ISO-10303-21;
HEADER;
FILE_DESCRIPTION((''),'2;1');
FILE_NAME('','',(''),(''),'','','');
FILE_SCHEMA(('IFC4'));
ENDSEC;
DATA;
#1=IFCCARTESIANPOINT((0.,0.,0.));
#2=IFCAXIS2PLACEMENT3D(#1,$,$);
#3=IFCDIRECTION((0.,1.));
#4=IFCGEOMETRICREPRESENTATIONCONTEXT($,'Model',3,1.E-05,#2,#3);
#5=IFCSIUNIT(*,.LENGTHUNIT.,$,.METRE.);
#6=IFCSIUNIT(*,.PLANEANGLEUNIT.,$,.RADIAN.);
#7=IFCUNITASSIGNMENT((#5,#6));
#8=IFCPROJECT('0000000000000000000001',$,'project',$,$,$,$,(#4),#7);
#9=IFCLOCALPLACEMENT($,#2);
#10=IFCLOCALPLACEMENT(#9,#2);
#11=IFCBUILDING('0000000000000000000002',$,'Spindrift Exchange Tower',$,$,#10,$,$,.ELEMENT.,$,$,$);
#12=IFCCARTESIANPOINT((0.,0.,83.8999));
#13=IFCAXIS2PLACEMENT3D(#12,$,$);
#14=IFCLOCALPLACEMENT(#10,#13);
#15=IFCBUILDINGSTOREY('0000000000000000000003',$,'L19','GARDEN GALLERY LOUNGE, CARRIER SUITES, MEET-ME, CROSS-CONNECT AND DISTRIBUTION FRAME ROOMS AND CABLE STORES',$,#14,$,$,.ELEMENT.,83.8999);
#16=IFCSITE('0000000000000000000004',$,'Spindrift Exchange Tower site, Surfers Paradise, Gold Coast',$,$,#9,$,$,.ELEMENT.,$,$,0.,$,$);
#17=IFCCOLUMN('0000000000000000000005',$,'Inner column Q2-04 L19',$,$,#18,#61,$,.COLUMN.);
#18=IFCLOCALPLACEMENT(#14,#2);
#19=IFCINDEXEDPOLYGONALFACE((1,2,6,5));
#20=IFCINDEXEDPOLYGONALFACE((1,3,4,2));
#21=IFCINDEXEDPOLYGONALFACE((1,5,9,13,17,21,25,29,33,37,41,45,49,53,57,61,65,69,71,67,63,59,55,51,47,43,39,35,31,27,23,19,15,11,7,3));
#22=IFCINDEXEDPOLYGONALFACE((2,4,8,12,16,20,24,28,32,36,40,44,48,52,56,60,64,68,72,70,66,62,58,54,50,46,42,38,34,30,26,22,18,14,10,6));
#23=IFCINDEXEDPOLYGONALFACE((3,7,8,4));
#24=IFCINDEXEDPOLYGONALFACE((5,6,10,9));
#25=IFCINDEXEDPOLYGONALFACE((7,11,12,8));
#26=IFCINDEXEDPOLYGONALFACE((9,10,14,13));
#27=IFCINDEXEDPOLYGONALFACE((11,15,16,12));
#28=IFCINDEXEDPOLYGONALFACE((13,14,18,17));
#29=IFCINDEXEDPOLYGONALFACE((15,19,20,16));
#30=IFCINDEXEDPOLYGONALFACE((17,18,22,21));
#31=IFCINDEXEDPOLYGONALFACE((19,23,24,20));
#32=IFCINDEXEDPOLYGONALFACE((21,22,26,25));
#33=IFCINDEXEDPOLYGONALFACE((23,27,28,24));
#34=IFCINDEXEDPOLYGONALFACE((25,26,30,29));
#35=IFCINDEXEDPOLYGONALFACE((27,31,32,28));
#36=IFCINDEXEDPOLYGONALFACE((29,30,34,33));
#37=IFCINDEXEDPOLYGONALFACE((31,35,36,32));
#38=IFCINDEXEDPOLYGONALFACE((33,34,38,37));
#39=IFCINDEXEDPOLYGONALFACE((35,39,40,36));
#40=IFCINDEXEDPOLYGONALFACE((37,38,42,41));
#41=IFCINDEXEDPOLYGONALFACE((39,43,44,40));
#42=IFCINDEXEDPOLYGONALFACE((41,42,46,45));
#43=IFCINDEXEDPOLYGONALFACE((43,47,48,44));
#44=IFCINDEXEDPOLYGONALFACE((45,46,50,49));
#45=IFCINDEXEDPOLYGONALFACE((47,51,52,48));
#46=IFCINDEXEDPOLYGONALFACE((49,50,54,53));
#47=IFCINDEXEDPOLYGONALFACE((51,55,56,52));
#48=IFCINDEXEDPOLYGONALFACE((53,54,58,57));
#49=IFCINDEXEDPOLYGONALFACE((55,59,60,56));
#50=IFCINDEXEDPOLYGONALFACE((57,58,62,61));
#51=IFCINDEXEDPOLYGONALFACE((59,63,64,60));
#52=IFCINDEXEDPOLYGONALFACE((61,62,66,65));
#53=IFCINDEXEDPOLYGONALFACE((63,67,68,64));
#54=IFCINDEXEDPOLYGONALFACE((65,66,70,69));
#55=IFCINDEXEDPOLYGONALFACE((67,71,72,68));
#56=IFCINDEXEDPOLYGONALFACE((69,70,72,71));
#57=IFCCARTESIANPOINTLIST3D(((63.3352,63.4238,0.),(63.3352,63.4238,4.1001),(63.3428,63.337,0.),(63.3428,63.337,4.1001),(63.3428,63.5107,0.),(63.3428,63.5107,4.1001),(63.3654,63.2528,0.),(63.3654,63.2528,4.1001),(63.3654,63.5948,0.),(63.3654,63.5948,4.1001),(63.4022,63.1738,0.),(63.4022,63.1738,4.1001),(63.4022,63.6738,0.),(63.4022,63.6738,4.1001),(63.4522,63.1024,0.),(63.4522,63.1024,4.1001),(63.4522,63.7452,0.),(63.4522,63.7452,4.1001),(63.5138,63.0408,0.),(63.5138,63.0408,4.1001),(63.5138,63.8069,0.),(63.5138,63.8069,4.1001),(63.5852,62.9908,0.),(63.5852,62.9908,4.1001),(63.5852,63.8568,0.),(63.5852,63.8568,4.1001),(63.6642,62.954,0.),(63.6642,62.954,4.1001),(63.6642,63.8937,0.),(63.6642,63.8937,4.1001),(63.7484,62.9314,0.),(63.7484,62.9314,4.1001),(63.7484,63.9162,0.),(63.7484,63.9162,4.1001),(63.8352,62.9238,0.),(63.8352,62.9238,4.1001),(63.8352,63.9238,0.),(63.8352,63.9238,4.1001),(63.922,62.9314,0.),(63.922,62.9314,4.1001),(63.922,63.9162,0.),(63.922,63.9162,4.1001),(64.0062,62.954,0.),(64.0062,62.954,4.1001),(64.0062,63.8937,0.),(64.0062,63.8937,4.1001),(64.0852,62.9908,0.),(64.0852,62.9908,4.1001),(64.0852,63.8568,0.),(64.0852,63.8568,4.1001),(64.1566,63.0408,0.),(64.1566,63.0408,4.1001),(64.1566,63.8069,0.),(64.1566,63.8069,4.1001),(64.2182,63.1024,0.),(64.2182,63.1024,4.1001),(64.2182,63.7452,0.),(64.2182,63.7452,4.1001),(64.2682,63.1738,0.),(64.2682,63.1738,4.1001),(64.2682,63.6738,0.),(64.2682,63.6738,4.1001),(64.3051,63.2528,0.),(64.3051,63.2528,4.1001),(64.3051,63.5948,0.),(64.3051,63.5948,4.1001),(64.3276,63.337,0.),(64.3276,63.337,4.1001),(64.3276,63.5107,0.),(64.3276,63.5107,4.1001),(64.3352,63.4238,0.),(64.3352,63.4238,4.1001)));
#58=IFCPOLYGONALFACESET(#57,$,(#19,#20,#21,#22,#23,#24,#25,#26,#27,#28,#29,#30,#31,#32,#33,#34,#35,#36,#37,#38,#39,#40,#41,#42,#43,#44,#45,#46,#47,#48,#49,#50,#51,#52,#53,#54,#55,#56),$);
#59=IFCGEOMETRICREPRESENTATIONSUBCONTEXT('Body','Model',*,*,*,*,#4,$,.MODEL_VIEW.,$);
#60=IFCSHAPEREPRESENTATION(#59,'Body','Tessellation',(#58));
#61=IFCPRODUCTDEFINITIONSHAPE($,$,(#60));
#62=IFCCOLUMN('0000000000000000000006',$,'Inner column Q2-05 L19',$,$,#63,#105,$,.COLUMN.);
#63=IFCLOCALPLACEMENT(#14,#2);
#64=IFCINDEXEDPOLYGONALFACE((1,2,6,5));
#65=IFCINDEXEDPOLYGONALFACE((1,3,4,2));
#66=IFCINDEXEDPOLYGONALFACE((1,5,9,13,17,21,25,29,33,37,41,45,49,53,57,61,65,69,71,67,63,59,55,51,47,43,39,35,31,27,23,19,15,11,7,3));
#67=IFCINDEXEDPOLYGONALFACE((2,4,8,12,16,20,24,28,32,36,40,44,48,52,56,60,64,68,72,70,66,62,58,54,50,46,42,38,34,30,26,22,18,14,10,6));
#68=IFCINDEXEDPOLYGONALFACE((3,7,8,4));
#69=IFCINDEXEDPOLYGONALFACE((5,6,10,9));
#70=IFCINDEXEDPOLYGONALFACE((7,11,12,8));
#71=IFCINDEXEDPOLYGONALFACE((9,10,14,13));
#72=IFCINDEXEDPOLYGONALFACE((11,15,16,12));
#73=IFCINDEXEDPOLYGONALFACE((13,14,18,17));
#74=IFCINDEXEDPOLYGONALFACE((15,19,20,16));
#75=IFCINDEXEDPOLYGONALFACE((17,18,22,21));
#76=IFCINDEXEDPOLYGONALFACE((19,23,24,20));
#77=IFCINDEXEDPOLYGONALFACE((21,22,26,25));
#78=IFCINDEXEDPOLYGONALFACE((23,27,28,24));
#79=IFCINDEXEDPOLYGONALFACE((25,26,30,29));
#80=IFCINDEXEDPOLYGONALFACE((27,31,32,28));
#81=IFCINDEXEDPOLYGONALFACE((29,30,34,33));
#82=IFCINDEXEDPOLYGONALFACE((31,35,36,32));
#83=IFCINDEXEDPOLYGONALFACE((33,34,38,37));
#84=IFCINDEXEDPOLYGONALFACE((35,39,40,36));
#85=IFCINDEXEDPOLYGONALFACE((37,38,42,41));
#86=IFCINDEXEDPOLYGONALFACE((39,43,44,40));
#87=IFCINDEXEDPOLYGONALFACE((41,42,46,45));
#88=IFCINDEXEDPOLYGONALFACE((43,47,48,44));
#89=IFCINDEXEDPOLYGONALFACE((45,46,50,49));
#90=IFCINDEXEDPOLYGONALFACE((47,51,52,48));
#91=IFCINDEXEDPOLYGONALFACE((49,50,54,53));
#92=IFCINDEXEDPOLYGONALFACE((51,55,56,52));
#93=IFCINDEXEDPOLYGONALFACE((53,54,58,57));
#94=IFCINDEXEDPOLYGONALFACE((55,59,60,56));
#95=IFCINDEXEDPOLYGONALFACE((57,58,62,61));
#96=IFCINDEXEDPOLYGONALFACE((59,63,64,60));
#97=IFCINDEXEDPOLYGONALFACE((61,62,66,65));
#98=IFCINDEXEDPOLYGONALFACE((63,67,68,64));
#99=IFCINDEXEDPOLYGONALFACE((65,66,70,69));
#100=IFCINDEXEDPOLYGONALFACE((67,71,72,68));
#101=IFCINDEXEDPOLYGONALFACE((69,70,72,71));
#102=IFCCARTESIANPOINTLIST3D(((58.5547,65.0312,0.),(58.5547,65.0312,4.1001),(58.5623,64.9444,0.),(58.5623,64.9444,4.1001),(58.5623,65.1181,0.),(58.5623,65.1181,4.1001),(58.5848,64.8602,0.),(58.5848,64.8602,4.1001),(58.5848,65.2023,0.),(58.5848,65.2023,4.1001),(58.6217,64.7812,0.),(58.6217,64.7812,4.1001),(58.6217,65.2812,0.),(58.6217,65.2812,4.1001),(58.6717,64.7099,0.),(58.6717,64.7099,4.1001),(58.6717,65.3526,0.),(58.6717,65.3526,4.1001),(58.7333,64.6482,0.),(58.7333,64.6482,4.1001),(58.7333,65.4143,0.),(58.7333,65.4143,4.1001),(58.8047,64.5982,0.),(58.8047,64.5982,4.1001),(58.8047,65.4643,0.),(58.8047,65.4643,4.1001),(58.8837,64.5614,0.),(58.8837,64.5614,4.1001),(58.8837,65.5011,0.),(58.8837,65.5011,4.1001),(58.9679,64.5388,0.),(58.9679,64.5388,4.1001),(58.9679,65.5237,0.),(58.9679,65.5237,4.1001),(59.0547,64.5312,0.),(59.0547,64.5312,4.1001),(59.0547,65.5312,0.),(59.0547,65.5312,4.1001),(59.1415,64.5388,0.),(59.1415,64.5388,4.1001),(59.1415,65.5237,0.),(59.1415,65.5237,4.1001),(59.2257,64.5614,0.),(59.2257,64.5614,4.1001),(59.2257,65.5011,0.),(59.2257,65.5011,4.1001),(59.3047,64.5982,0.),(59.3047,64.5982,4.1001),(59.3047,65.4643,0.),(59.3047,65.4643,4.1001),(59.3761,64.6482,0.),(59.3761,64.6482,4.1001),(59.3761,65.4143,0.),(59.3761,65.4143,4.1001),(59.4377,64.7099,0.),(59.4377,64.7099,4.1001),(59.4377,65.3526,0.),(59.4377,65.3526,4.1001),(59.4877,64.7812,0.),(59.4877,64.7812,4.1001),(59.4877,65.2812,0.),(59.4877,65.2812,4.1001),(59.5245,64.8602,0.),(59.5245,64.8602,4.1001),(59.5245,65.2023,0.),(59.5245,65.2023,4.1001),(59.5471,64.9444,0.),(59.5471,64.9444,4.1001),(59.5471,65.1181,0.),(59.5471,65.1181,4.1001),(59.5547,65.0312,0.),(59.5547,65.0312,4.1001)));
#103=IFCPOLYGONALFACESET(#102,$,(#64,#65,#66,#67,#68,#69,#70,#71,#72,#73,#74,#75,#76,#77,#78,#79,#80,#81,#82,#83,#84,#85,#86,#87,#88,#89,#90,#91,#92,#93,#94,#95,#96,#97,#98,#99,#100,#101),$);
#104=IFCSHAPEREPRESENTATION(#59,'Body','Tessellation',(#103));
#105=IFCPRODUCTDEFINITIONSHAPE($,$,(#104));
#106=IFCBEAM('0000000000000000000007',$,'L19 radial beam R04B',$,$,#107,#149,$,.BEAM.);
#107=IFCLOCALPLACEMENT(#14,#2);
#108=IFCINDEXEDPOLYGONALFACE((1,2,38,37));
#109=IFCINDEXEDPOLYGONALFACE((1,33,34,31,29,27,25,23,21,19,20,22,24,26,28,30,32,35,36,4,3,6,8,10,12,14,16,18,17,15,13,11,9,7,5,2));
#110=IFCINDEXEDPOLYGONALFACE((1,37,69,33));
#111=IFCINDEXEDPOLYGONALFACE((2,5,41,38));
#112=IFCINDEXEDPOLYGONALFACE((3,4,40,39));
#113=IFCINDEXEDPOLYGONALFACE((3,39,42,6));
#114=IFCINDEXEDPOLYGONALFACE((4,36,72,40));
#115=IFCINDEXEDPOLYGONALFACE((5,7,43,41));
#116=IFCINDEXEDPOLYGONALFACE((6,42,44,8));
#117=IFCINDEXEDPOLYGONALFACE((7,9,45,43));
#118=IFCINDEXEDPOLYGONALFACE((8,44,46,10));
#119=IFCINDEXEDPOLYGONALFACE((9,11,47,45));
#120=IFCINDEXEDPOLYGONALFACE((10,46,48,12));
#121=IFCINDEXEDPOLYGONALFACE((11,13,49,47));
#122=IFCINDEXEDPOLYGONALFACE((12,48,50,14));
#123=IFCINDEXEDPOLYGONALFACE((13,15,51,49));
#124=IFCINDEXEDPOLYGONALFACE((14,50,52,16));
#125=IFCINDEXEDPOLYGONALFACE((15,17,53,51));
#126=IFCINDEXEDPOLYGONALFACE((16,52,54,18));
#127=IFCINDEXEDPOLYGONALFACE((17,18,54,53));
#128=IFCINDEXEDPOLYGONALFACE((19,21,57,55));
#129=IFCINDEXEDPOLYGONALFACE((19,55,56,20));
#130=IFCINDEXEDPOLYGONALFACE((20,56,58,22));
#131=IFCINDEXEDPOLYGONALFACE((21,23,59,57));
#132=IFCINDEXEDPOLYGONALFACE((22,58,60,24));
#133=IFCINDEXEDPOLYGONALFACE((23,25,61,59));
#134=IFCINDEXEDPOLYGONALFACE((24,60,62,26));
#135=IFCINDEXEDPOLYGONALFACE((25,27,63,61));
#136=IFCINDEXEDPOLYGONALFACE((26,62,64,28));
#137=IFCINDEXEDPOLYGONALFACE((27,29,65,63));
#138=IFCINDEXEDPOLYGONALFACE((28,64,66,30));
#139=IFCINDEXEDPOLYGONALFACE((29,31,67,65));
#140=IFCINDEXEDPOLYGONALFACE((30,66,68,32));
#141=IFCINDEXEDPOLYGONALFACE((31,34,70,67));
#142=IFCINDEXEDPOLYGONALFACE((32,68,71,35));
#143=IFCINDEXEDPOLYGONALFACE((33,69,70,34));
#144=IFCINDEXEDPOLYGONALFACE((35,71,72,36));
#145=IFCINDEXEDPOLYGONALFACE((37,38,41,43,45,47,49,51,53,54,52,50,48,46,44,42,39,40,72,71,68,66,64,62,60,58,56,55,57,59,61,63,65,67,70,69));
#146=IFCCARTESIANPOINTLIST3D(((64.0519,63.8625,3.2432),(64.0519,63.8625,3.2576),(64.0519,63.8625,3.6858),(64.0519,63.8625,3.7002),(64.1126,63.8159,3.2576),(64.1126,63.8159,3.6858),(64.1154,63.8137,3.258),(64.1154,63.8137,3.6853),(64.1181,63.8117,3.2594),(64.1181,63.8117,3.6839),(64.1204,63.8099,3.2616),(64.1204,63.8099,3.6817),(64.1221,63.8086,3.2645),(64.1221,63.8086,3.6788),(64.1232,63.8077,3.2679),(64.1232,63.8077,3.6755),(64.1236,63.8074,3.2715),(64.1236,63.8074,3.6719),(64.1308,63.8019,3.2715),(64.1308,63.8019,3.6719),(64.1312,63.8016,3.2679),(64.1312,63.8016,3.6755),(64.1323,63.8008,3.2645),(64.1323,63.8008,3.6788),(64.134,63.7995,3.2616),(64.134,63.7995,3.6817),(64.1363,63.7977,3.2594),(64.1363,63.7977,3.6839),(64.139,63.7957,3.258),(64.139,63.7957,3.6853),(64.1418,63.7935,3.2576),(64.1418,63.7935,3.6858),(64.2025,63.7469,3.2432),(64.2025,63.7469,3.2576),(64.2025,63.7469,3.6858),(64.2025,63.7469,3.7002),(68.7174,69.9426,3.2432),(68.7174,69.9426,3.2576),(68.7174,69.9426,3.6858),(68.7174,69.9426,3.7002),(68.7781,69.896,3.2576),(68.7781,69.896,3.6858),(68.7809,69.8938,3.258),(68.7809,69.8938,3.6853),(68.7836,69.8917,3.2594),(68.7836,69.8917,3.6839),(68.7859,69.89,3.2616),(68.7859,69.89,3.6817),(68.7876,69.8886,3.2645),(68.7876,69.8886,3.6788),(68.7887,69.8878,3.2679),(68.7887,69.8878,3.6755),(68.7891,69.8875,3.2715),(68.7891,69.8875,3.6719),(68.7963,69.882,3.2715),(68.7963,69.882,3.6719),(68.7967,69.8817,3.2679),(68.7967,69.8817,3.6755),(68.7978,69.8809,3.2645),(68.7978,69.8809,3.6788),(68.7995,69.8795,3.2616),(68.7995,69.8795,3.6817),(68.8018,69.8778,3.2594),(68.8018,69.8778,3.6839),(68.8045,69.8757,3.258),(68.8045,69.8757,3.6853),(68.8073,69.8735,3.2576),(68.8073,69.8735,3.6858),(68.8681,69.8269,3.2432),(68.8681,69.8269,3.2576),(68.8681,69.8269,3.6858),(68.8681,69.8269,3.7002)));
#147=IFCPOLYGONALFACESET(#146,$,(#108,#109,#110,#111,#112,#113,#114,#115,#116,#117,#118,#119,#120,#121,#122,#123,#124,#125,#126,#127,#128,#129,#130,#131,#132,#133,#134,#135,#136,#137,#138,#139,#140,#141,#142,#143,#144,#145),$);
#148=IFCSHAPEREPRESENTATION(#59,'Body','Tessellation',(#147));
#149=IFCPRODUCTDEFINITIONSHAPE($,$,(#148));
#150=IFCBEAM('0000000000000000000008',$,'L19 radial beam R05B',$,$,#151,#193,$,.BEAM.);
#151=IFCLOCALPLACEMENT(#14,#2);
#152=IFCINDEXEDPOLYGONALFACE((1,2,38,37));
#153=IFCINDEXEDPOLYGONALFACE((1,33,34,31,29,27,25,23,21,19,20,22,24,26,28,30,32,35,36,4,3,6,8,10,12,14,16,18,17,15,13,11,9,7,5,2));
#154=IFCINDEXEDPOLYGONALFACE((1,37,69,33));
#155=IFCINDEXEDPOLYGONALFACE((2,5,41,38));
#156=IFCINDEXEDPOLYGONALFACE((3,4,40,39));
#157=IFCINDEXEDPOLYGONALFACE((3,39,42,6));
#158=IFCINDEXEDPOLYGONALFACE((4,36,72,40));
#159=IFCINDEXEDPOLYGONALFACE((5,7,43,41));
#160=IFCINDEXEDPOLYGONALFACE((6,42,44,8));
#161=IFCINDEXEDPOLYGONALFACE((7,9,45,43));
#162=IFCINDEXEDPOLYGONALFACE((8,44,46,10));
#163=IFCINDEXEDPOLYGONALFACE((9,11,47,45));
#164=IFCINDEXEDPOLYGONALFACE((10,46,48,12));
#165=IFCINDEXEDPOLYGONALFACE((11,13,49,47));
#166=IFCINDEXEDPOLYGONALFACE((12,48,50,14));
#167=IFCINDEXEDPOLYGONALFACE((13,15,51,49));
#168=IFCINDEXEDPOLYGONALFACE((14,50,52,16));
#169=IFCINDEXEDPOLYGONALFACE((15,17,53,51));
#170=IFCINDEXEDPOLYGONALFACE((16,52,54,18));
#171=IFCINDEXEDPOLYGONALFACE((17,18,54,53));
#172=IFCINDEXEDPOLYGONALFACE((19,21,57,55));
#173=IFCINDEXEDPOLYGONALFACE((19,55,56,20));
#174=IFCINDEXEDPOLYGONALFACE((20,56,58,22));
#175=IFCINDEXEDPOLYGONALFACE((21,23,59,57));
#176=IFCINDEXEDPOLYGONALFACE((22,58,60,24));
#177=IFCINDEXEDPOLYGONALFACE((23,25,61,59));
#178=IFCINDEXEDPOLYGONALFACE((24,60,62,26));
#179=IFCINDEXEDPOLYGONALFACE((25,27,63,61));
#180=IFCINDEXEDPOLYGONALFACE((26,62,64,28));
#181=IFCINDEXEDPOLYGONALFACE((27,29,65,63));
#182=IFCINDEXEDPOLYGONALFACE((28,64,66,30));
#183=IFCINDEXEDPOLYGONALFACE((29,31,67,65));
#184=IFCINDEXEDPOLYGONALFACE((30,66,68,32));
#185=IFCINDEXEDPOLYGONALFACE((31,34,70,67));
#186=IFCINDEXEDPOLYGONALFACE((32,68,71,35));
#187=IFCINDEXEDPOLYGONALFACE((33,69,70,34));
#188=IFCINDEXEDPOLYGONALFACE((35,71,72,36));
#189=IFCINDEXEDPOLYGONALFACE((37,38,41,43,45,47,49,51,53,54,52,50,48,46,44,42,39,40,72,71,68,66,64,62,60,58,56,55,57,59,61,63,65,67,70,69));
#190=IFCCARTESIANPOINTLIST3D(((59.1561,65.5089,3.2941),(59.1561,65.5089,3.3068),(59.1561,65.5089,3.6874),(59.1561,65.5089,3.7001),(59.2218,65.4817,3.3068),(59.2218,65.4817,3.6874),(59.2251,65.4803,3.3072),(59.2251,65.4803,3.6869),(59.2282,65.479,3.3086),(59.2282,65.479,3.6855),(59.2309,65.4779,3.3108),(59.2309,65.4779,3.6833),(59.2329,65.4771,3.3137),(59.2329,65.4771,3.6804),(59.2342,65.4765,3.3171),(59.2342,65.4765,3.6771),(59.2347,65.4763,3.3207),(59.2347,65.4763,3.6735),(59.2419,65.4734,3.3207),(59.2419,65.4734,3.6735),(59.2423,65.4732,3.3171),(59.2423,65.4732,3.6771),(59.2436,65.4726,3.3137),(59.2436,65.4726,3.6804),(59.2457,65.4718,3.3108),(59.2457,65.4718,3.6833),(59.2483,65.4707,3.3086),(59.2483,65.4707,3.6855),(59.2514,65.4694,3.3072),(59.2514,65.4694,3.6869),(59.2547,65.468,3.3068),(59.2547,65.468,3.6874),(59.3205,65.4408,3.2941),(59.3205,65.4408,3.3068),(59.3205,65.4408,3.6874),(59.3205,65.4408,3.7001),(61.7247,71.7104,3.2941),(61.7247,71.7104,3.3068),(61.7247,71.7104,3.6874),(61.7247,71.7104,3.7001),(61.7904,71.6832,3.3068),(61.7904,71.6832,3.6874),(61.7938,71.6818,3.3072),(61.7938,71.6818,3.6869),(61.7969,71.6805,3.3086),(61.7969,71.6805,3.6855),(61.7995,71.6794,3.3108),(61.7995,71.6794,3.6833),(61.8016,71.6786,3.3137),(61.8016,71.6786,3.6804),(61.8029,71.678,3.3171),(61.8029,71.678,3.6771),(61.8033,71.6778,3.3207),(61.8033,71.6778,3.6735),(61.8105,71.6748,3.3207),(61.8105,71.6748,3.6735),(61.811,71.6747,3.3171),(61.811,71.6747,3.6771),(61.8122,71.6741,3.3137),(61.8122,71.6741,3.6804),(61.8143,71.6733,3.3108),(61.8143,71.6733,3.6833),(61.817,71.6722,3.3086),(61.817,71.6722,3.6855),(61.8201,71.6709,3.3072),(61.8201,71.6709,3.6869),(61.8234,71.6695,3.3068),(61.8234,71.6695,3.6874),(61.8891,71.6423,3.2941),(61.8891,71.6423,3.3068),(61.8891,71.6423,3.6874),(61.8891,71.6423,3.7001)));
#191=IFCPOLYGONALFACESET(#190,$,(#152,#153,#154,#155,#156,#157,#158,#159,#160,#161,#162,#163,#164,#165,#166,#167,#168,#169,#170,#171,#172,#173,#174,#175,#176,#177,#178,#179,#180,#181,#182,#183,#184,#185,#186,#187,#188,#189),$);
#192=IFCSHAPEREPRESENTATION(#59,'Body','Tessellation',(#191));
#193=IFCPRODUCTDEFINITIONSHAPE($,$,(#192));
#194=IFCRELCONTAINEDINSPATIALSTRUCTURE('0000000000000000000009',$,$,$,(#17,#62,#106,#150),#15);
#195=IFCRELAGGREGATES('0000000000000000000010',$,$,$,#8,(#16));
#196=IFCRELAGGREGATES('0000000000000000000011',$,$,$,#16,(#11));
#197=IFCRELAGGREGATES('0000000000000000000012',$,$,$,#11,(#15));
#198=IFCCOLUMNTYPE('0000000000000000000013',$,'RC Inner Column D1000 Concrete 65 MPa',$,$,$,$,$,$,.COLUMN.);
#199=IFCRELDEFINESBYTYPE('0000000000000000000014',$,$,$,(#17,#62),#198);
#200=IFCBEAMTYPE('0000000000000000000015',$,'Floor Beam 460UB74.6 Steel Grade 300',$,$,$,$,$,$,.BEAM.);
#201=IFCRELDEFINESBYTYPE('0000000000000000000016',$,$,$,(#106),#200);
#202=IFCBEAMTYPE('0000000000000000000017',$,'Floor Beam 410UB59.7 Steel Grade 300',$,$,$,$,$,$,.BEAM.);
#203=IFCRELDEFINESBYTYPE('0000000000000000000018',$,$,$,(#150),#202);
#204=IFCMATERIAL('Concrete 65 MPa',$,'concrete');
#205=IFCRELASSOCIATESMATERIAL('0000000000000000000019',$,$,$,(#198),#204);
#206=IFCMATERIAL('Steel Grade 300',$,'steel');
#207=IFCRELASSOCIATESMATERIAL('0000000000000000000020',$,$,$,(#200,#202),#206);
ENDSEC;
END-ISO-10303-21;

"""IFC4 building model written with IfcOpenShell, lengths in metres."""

from ifc_helpers import new_model, si_unit, direction, frame, origin, origin_2d, place, context, subcontext, project, spatial, circle, i_section, extrude, source, transform, mapped, material, material_profile, profile_set, type_object, element, save


model = new_model("IFC4")

# Units and contexts
model_context = context("Model", 3, precision=1e-05, world=origin(), true_north=direction((0.0, 1.0)))
body_context = subcontext(model_context, "Body", "Model", "MODEL_VIEW")
ifc_project = project(units=[si_unit("LENGTHUNIT", "METRE"), si_unit("PLANEANGLEUNIT", "RADIAN")], contexts=[model_context])

# Site, building, storey
site_placement = place(None, origin())
site = spatial("IfcSite", under=ifc_project, at=site_placement, Name="Spindrift Exchange Tower site, Surfers Paradise, Gold Coast", CompositionType="ELEMENT", RefElevation=0.0)
building_placement = place(site_placement, origin())
building = spatial("IfcBuilding", under=site, at=building_placement, Name="Spindrift Exchange Tower", CompositionType="ELEMENT")
storey_placement = place(building_placement, frame((0.0, 0.0, 83.8999)))
storey = spatial("IfcBuildingStorey", under=building, at=storey_placement, Name="L19", Description="GARDEN GALLERY LOUNGE, CARRIER SUITES, MEET-ME, CROSS-CONNECT AND DISTRIBUTION FRAME ROOMS AND CABLE STORES", CompositionType="ELEMENT", Elevation=83.8999)

# Columns
ifc_material_1 = material(Name="Concrete 65 MPa", Category="concrete")
ifc_material_profile_1 = material_profile(ifc_material_1, circle(Radius=0.5, at=origin_2d()), Name="RC D1000")
ifc_profile_set_1 = profile_set([ifc_material_profile_1], Name="Concrete 65 MPa")
column_type = type_object("IfcColumnType", Name="RC Inner Column D1000 Concrete 65 MPa", PredefinedType="COLUMN", material=ifc_profile_set_1)
shared_shape_1 = source(origin(), body_context, "Body", "SweptSolid", [
    extrude(circle(Radius=0.5, at=origin_2d()), origin(), (0.0, 0.0, 1.0), 4.1001),
])
for number, where, z_axis, x_axis, name in (
    (1, (63.8352, 63.4238, 0.0), (0.0, 0.0, 1.0), (1.0, 0.0, 0.0), "Inner column Q2-04 L19"),
    (2, (59.0547, 65.0312, 0.0), (0.0, 0.0, 1.0), (1.0, 0.0, 0.0), "Inner column Q2-05 L19"),
):
    element("IfcColumn", number, at=place(storey_placement, frame(where, z_axis=z_axis, x_axis=x_axis)), inside=storey, type_object=column_type, Name=name, PredefinedType="COLUMN", context=body_context, shape_type="MappedRepresentation", body=[
        mapped(shared_shape_1, transform((0.0, 0.0, 0.0), scale=1.0)),
    ])

# Beams
ifc_material_2 = material(Name="Steel Grade 300", Category="steel")
ifc_material_profile_2 = material_profile(ifc_material_2, i_section(OverallWidth=0.1899, OverallDepth=0.457, WebThickness=0.009, FlangeThickness=0.0144, FilletRadius=0.0139, at=origin_2d()), Name="460UB74.6")
ifc_profile_set_2 = profile_set([ifc_material_profile_2], Name="Steel Grade 300")
beam_type_1 = type_object("IfcBeamType", Name="Floor Beam 460UB74.6 Steel Grade 300", PredefinedType="BEAM", material=ifc_profile_set_2)
shared_shape_2 = source(origin(), body_context, "Body", "SweptSolid", [
    extrude(i_section(OverallWidth=0.1899, OverallDepth=0.457, WebThickness=0.009, FlangeThickness=0.0144, FilletRadius=0.0139, at=origin_2d()), origin(), (0.0, 0.0, 1.0), 7.6638),
])
beam_1_placement = place(storey_placement, frame((64.1272, 63.8047, 3.4717), z_axis=(0.608771, 0.793346, 0.0), x_axis=(-0.793346, 0.608771, 0.0)))
element("IfcBeam", 3, at=beam_1_placement, inside=storey, type_object=beam_type_1, Name="L19 radial beam R04B", PredefinedType="BEAM", context=body_context, shape_type="MappedRepresentation", body=[
    mapped(shared_shape_2, transform((0.0, 0.0, 0.0), scale=1.0)),
])
ifc_material_profile_3 = material_profile(ifc_material_2, i_section(OverallWidth=0.178, OverallDepth=0.406, WebThickness=0.0078, FlangeThickness=0.0127, FilletRadius=0.0139, at=origin_2d()), Name="410UB59.7")
ifc_profile_set_3 = profile_set([ifc_material_profile_3], Name="Steel Grade 300")
beam_type_2 = type_object("IfcBeamType", Name="Floor Beam 410UB59.7 Steel Grade 300", PredefinedType="BEAM", material=ifc_profile_set_3)
shared_shape_3 = source(origin(), body_context, "Body", "SweptSolid", [
    extrude(i_section(OverallWidth=0.178, OverallDepth=0.406, WebThickness=0.0078, FlangeThickness=0.0127, FilletRadius=0.0139, at=origin_2d()), origin(), (0.0, 0.0, 1.0), 6.7124),
])
beam_2_placement = place(storey_placement, frame((59.2383, 65.4749, 3.4971), z_axis=(0.38267, 0.923885, 0.0), x_axis=(-0.923885, 0.38267, 0.0)))
element("IfcBeam", 4, at=beam_2_placement, inside=storey, type_object=beam_type_2, Name="L19 radial beam R05B", PredefinedType="BEAM", context=body_context, shape_type="MappedRepresentation", body=[
    mapped(shared_shape_3, transform((0.0, 0.0, 0.0), scale=1.0)),
])

save(model, "model.ifc")
